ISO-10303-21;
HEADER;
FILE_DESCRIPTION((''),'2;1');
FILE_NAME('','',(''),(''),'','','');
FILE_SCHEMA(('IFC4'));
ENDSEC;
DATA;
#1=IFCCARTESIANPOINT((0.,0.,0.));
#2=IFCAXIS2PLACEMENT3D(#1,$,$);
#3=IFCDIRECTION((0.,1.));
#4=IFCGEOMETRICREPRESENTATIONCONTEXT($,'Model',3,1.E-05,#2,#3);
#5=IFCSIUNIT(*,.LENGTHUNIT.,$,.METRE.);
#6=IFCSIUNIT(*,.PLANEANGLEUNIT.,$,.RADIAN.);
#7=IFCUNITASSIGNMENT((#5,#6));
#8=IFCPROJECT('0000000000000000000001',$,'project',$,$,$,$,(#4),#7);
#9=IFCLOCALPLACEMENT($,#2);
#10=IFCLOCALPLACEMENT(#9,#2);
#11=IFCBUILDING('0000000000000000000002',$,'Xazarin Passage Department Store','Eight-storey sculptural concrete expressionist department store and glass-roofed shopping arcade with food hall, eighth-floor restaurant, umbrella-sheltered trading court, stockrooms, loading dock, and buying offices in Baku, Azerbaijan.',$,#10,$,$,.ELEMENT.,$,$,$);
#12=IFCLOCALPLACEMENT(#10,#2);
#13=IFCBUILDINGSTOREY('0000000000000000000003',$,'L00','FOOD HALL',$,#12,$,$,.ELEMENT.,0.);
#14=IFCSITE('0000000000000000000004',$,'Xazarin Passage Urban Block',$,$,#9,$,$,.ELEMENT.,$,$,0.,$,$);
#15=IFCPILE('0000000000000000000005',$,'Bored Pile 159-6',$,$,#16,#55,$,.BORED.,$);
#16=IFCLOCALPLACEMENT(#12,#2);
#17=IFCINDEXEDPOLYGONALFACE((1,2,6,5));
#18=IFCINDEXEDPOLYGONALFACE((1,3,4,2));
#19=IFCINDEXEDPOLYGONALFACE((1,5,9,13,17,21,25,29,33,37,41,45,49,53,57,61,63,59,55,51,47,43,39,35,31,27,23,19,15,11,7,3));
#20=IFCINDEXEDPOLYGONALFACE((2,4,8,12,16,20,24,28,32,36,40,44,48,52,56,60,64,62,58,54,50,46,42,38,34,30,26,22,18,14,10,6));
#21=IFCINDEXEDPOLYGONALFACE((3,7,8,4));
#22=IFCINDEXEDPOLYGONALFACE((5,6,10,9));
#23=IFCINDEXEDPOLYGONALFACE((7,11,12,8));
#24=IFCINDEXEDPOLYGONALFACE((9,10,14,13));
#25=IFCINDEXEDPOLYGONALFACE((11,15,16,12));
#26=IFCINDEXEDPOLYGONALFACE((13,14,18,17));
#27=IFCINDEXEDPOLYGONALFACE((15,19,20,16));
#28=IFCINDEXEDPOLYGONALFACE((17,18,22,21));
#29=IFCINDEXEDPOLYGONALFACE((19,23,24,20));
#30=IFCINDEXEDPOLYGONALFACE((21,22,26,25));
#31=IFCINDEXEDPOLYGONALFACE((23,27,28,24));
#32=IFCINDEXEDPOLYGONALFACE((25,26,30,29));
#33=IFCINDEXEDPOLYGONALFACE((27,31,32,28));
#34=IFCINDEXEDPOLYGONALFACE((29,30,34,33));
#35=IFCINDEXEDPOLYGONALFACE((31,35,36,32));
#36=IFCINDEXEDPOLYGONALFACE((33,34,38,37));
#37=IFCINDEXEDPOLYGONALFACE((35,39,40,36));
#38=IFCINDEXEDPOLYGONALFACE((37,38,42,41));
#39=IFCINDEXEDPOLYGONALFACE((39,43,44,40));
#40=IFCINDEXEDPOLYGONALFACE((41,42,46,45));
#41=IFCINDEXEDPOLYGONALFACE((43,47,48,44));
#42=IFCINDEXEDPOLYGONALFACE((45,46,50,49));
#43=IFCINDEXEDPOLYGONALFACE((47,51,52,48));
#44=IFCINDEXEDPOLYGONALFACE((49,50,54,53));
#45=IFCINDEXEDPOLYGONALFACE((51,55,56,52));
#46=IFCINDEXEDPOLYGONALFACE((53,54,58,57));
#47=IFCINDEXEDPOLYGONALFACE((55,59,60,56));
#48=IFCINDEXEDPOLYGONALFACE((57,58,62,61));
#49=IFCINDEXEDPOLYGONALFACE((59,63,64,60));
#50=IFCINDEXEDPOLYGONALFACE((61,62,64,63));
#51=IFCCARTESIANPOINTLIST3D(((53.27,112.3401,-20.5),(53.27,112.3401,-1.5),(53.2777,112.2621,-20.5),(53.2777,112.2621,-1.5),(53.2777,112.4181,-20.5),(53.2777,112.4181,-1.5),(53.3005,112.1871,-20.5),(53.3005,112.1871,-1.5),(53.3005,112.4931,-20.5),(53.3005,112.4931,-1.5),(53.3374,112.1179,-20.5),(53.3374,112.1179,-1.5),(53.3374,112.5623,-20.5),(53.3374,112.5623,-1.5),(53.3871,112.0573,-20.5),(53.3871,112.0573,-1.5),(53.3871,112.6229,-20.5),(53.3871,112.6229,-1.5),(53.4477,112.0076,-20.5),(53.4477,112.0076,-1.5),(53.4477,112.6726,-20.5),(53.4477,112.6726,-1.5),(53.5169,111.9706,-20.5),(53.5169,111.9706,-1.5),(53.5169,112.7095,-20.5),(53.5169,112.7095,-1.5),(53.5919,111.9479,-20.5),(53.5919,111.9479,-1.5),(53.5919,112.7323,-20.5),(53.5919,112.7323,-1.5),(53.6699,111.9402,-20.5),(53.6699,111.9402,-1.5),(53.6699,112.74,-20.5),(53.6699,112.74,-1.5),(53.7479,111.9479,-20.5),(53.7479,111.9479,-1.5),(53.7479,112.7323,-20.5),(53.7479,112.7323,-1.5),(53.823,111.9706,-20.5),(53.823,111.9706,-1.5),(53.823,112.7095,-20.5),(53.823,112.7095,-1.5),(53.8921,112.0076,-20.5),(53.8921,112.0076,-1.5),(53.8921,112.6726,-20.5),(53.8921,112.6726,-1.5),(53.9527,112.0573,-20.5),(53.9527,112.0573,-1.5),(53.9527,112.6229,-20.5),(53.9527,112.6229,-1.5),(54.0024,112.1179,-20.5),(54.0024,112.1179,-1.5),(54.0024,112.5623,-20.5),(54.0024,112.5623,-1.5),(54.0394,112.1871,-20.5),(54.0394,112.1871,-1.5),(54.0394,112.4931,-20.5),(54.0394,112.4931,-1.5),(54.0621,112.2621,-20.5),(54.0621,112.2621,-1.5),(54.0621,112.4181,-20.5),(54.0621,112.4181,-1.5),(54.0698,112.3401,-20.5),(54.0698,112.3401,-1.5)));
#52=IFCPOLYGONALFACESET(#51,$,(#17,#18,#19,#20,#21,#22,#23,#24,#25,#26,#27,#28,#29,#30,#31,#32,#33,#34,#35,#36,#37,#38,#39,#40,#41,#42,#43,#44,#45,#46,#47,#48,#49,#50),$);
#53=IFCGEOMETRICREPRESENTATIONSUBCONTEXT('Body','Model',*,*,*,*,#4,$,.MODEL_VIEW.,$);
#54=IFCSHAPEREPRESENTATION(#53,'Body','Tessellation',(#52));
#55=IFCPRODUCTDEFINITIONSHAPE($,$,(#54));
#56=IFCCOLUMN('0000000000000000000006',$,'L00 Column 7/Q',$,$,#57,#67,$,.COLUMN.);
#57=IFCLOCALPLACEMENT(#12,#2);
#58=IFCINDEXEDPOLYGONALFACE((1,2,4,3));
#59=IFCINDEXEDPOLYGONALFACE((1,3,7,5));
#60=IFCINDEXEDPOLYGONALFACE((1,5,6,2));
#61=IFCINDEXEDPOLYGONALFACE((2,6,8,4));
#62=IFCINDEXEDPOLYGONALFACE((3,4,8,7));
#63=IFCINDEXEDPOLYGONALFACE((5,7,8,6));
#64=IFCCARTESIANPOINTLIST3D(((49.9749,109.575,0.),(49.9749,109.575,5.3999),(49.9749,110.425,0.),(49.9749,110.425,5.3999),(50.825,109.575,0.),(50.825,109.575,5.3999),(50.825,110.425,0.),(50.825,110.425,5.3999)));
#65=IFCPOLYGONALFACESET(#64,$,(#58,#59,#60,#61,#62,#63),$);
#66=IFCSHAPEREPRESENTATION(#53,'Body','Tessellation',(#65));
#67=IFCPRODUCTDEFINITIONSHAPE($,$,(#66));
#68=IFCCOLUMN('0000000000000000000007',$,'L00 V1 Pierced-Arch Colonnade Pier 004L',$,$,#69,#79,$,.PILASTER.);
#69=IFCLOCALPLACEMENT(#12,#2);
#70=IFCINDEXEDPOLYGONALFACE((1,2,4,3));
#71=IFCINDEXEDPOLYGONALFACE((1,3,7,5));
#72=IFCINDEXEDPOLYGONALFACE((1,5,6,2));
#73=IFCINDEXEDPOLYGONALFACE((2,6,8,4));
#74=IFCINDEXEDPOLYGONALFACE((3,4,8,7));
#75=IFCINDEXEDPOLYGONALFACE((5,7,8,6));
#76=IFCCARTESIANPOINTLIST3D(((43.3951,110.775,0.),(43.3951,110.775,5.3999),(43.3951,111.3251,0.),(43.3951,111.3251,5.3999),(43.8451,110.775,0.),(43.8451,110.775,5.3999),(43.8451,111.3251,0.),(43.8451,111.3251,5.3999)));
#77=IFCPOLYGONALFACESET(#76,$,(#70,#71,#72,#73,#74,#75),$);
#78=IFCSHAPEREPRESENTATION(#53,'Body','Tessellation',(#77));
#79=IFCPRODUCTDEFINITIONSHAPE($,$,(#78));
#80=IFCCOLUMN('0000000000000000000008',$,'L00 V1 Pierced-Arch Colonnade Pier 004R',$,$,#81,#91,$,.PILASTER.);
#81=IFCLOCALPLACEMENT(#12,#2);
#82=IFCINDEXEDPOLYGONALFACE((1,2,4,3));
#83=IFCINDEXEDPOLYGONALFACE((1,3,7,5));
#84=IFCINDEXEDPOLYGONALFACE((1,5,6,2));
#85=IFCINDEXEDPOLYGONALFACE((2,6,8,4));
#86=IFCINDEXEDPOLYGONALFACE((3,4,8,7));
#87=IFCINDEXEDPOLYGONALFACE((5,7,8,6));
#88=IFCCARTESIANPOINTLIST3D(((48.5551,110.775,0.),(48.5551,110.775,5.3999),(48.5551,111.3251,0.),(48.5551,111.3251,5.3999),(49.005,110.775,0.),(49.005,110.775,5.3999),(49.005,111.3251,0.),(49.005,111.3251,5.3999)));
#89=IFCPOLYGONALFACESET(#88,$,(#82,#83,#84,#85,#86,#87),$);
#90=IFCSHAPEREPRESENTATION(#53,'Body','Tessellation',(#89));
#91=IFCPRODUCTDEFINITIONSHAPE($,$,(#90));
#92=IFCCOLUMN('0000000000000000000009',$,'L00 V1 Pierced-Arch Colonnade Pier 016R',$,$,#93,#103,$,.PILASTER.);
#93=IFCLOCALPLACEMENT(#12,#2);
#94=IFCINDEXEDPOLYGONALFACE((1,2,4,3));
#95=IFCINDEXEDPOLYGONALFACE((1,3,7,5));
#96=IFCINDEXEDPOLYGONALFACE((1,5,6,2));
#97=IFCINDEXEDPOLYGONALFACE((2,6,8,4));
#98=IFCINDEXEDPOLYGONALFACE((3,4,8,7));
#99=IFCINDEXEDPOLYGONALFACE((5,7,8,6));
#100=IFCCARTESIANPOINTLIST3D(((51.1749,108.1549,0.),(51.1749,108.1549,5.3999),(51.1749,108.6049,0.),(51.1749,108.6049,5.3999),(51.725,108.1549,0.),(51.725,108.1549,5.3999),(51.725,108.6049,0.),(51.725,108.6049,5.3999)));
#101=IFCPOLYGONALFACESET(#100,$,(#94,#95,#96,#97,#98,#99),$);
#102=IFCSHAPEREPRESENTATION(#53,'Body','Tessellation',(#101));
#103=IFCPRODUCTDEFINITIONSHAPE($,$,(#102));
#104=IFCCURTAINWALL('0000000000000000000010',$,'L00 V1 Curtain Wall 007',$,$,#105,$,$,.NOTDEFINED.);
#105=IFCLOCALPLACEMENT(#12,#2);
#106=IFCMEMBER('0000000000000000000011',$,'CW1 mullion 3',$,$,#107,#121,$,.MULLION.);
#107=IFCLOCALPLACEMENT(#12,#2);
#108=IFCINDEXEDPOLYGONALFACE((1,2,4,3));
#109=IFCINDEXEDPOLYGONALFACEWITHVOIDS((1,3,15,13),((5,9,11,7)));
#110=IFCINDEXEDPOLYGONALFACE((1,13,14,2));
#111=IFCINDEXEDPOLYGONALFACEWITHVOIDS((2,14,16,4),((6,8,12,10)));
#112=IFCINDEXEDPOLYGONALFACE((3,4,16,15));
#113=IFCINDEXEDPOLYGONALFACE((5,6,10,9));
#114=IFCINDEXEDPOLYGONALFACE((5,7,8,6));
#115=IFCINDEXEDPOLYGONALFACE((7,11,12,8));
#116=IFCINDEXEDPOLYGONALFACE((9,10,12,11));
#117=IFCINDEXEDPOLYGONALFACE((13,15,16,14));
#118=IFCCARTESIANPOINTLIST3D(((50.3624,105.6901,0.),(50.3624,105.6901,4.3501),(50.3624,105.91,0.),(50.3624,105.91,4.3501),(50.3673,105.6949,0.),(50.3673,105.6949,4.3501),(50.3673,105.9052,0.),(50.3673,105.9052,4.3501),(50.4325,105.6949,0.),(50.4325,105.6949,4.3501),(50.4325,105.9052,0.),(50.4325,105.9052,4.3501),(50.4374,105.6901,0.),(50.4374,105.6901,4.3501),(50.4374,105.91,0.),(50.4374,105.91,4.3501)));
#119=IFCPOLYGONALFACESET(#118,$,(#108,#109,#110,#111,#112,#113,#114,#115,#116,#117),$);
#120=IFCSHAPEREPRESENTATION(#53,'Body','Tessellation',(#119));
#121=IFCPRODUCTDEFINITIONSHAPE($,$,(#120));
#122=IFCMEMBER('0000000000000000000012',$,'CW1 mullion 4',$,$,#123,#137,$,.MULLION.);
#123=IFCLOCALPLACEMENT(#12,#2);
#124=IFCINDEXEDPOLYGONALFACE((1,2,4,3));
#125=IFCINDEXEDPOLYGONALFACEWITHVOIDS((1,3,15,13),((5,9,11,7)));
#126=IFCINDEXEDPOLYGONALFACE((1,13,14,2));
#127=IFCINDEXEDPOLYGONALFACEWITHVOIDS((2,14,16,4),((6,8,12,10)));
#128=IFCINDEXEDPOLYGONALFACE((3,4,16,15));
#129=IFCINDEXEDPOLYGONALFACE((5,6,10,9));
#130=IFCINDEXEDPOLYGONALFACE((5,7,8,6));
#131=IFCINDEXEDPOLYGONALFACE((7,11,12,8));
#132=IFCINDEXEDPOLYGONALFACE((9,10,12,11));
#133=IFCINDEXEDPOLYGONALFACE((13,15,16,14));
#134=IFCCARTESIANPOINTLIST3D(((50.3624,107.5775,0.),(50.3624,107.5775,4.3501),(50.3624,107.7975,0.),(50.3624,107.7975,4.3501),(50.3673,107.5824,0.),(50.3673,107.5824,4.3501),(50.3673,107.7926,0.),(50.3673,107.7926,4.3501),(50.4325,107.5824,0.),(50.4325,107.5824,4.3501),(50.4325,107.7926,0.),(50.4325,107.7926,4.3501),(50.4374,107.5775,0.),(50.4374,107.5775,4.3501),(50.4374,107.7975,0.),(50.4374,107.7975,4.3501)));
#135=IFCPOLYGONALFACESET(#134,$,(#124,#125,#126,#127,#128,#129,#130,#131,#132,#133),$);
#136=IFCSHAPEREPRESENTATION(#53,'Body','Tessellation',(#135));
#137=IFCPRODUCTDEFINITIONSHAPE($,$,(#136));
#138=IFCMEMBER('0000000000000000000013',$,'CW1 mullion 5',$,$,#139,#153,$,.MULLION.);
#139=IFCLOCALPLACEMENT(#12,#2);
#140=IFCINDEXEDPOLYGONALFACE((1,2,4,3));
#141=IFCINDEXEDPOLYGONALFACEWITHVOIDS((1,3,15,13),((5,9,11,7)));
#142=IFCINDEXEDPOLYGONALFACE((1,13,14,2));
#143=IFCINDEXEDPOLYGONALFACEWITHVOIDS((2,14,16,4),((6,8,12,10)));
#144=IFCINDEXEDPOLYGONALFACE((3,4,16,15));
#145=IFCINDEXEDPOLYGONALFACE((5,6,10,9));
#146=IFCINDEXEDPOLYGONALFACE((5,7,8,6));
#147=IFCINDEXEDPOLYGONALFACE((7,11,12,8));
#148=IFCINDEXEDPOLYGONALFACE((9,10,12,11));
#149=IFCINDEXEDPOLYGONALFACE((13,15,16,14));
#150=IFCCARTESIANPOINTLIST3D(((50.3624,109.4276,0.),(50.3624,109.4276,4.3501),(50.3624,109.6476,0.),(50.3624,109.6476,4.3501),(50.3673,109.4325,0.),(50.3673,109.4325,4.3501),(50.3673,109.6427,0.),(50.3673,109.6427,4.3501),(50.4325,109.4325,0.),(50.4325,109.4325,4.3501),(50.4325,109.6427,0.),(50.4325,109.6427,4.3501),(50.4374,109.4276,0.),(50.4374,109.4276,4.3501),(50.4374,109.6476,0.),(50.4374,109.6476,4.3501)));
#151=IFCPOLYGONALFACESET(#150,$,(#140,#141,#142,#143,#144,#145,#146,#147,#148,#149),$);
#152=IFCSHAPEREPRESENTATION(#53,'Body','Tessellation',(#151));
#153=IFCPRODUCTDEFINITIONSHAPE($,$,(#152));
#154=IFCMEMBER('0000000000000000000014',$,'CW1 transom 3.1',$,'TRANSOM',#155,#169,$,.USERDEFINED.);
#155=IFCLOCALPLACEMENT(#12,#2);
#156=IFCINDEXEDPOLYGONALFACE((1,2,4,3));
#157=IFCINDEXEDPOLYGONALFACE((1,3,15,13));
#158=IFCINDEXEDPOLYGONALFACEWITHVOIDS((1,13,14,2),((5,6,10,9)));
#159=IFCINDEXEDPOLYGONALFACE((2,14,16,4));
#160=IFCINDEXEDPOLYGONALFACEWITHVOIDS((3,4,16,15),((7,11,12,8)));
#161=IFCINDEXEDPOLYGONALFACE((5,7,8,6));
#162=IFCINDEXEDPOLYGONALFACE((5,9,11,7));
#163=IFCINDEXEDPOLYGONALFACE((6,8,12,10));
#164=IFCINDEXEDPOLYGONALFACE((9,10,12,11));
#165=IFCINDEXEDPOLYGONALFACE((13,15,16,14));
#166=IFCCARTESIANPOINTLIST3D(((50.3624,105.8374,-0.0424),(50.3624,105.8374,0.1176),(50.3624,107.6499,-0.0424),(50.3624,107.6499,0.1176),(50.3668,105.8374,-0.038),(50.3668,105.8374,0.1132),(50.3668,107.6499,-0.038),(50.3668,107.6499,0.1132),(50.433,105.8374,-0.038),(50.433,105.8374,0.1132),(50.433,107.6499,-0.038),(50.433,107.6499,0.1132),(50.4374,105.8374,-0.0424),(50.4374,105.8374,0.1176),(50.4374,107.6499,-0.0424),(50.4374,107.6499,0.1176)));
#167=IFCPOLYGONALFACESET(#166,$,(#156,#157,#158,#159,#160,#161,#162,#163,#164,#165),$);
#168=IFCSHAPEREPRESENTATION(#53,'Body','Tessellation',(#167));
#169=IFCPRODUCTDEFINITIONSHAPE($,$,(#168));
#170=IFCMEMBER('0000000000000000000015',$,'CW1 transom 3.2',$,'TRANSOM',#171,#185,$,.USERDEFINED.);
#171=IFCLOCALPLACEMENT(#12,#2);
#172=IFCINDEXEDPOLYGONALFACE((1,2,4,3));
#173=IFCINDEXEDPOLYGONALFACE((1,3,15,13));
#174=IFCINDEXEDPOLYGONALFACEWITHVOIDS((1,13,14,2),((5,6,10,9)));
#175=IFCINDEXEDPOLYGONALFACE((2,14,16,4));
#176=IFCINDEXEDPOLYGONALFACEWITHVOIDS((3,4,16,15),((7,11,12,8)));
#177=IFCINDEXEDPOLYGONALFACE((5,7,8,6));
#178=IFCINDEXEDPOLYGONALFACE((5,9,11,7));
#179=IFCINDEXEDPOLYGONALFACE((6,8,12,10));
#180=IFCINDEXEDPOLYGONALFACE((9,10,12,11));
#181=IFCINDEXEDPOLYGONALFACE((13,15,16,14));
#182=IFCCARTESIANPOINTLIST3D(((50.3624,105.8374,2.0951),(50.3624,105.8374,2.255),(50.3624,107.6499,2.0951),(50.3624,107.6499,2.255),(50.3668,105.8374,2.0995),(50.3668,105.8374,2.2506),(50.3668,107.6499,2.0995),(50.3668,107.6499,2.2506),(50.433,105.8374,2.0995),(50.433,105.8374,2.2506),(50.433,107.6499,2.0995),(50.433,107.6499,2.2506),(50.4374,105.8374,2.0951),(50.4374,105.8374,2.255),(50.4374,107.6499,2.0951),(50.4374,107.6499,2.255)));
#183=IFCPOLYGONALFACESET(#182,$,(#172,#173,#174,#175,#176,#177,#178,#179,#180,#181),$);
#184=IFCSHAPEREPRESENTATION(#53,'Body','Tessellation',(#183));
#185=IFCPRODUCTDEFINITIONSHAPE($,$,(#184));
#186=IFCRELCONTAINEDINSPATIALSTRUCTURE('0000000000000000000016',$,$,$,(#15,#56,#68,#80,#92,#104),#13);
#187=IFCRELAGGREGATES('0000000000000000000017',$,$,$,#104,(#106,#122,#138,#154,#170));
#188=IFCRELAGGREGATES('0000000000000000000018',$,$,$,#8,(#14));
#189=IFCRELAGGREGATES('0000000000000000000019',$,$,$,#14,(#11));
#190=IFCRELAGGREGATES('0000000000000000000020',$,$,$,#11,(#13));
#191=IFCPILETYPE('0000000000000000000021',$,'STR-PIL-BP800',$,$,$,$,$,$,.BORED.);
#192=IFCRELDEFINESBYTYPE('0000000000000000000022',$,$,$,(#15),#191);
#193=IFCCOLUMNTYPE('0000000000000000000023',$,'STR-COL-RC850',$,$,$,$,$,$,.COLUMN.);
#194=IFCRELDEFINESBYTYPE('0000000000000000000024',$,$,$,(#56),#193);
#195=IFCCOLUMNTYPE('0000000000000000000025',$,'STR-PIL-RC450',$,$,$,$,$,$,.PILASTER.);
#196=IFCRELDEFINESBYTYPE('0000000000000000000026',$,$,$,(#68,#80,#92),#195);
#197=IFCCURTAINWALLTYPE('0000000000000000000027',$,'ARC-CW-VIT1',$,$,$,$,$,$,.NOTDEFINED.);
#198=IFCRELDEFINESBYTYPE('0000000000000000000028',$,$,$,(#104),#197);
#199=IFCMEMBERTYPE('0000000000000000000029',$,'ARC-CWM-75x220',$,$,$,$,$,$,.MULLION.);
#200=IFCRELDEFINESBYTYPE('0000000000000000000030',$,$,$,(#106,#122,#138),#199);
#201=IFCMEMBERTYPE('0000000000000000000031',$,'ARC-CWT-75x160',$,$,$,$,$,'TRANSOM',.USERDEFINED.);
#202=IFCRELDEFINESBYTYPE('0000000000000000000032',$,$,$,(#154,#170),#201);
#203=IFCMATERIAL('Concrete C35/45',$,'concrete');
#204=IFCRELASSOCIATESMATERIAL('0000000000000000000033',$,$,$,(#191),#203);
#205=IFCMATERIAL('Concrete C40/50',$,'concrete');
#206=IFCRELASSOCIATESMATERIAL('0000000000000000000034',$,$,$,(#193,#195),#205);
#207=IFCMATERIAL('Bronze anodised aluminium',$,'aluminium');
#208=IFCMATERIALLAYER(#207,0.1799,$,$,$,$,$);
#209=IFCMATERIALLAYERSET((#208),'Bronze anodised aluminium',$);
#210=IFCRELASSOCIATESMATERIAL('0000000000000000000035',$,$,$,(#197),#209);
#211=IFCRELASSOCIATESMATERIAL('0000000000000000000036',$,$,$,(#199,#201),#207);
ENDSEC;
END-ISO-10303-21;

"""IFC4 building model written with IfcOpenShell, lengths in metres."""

from ifc_helpers import new_model, si_unit, direction, frame, origin, origin_2d, place, context, subcontext, project, spatial, rectangle, hollow_rectangle, circle, extrude, material, layer, layer_set, material_profile, profile_set, type_object, element, aggregate, save


model = new_model("IFC4")

# Units and contexts
model_context = context("Model", 3, precision=1e-05, world=origin(), true_north=direction((0.0, 1.0)))
body_context = subcontext(model_context, "Body", "Model", "MODEL_VIEW")
ifc_project = project(units=[si_unit("LENGTHUNIT", "METRE"), si_unit("PLANEANGLEUNIT", "RADIAN")], contexts=[model_context])

# Site, building, storey
site_placement = place(None, origin())
site = spatial("IfcSite", under=ifc_project, at=site_placement, Name="Xazarin Passage Urban Block", CompositionType="ELEMENT", RefElevation=0.0)
building_placement = place(site_placement, origin())
building = spatial("IfcBuilding", under=site, at=building_placement, Name="Xazarin Passage Department Store", Description="Eight-storey sculptural concrete expressionist department store and glass-roofed shopping arcade with food hall, eighth-floor restaurant, umbrella-sheltered trading court, stockrooms, loading dock, and buying offices in Baku, Azerbaijan.", CompositionType="ELEMENT")
storey_placement = place(building_placement, origin())
storey = spatial("IfcBuildingStorey", under=building, at=storey_placement, Name="L00", Description="FOOD HALL", CompositionType="ELEMENT", Elevation=0.0)

# Shared definitions
ifc_material_1 = material(Name="Concrete C35/45", Category="concrete")

# Pile
ifc_material_profile_1 = material_profile(ifc_material_1, circle(Radius=0.3999, at=origin_2d()), Name="BP 800")
ifc_profile_set_1 = profile_set([ifc_material_profile_1], Name="Concrete C35/45")
pile_type_1 = type_object("IfcPileType", Name="STR-PIL-BP800", PredefinedType="BORED", material=ifc_profile_set_1)
for number, where, z_axis, x_axis, name in (
    (1, (53.6699, 112.3401, -1.5), (0.0, 0.0, -1.0), (1.0, 0.0, 0.0), "Bored Pile 159-6"),
):
    element("IfcPile", number, at=place(storey_placement, frame(where, z_axis=z_axis, x_axis=x_axis)), inside=storey, type_object=pile_type_1, Name=name, PredefinedType="BORED", context=body_context, shape_type="SweptSolid", body=[
        extrude(circle(Radius=0.3999, at=origin_2d()), origin(), (0.0, 0.0, 1.0), 19.0),
    ])

# Columns
ifc_material_2 = material(Name="Concrete C40/50", Category="concrete")
ifc_material_profile_2 = material_profile(ifc_material_2, rectangle(XDim=0.8501, YDim=0.8501, at=origin_2d()), Name="RC 850x850")
ifc_profile_set_2 = profile_set([ifc_material_profile_2], Name="Concrete C40/50")
column_type_1 = type_object("IfcColumnType", Name="STR-COL-RC850", PredefinedType="COLUMN", material=ifc_profile_set_2)
column_placement = place(storey_placement, frame((50.3999, 110.0, 0.0), z_axis=(0.0, 0.0, 1.0), x_axis=(1.0, 0.0, 0.0)))
element("IfcColumn", 2, at=column_placement, inside=storey, type_object=column_type_1, Name="L00 Column 7/Q", PredefinedType="COLUMN", context=body_context, shape_type="SweptSolid", body=[
    extrude(rectangle(XDim=0.8501, YDim=0.8501, at=origin_2d()), origin(), (0.0, 0.0, 1.0), 5.3999),
])
ifc_material_profile_3 = material_profile(ifc_material_2, rectangle(XDim=0.45, YDim=0.55, at=origin_2d()), Name="RC 450x550")
ifc_profile_set_3 = profile_set([ifc_material_profile_3], Name="Concrete C40/50")
column_type_2 = type_object("IfcColumnType", Name="STR-PIL-RC450", PredefinedType="PILASTER", material=ifc_profile_set_3)
for number, where, z_axis, x_axis, name in (
    (3, (43.6201, 111.05, 0.0), (0.0, 0.0, 1.0), (1.0, 0.0, 0.0), "L00 V1 Pierced-Arch Colonnade Pier 004L"),
    (4, (48.78, 111.05, 0.0), (0.0, 0.0, 1.0), (1.0, 0.0, 0.0), "L00 V1 Pierced-Arch Colonnade Pier 004R"),
    (5, (51.45, 108.3799, 0.0), (0.0, 0.0, 1.0), (0.0, 1.0, 0.0), "L00 V1 Pierced-Arch Colonnade Pier 016R"),
):
    element("IfcColumn", number, at=place(storey_placement, frame(where, z_axis=z_axis, x_axis=x_axis)), inside=storey, type_object=column_type_2, Name=name, PredefinedType="PILASTER", context=body_context, shape_type="SweptSolid", body=[
        extrude(rectangle(XDim=0.45, YDim=0.55, at=origin_2d()), origin(), (0.0, 0.0, 1.0), 5.3999),
    ])

# Curtain wall, members
ifc_material_3 = material(Name="Bronze anodised aluminium", Category="aluminium")
ifc_layer_1 = layer(ifc_material_3, 0.1799)
ifc_layer_set_1 = layer_set([ifc_layer_1], Name="Bronze anodised aluminium")
curtain_wall_type = type_object("IfcCurtainWallType", Name="ARC-CW-VIT1", PredefinedType="NOTDEFINED", material=ifc_layer_set_1)
curtain_wall_placement = place(storey_placement, origin())
curtain_wall = element("IfcCurtainWall", 6, at=curtain_wall_placement, inside=storey, type_object=curtain_wall_type, Name="L00 V1 Curtain Wall 007", PredefinedType="NOTDEFINED")
ifc_material_profile_4 = material_profile(ifc_material_3, hollow_rectangle(XDim=0.075, YDim=0.22, WallThickness=0.0049, at=origin_2d()), Name="ALU 75x220")
ifc_profile_set_4 = profile_set([ifc_material_profile_4], Name="Bronze anodised aluminium")
member_type_1 = type_object("IfcMemberType", Name="ARC-CWM-75x220", PredefinedType="MULLION", material=ifc_profile_set_4)
member_1_placement = place(storey_placement, frame((50.3999, 105.8, 0.0), z_axis=(0.0, 0.0, 1.0), x_axis=(-1.0, 0.0, 0.0)))
member_1 = element("IfcMember", 7, at=member_1_placement, type_object=member_type_1, Name="CW1 mullion 3", PredefinedType="MULLION", context=body_context, shape_type="SweptSolid", body=[
    extrude(hollow_rectangle(XDim=0.075, YDim=0.22, WallThickness=0.0049, at=origin_2d()), origin(), (0.0, 0.0, 1.0), 4.3501),
])
member_2_placement = place(storey_placement, frame((50.3999, 107.6875, 0.0), z_axis=(0.0, 0.0, 1.0), x_axis=(-1.0, 0.0, 0.0)))
member_2 = element("IfcMember", 8, at=member_2_placement, type_object=member_type_1, Name="CW1 mullion 4", PredefinedType="MULLION", context=body_context, shape_type="SweptSolid", body=[
    extrude(hollow_rectangle(XDim=0.075, YDim=0.22, WallThickness=0.0049, at=origin_2d()), origin(), (0.0, 0.0, 1.0), 4.3501),
])
member_3_placement = place(storey_placement, frame((50.3999, 109.5376, 0.0), z_axis=(0.0, 0.0, 1.0), x_axis=(-1.0, 0.0, 0.0)))
member_3 = element("IfcMember", 9, at=member_3_placement, type_object=member_type_1, Name="CW1 mullion 5", PredefinedType="MULLION", context=body_context, shape_type="SweptSolid", body=[
    extrude(hollow_rectangle(XDim=0.075, YDim=0.22, WallThickness=0.0049, at=origin_2d()), origin(), (0.0, 0.0, 1.0), 4.3501),
])
ifc_material_profile_5 = material_profile(ifc_material_3, hollow_rectangle(XDim=0.075, YDim=0.1599, WallThickness=0.0044, at=origin_2d()), Name="ALU 75x160")
ifc_profile_set_5 = profile_set([ifc_material_profile_5], Name="Bronze anodised aluminium")
member_type_2 = type_object("IfcMemberType", Name="ARC-CWT-75x160", ElementType="TRANSOM", PredefinedType="USERDEFINED", material=ifc_profile_set_5)
member_4_placement = place(storey_placement, frame((50.3999, 105.8374, 0.0376), z_axis=(0.0, 1.0, 0.0), x_axis=(-1.0, 0.0, 0.0)))
member_4 = element("IfcMember", 10, at=member_4_placement, type_object=member_type_2, Name="CW1 transom 3.1", ObjectType="TRANSOM", PredefinedType="USERDEFINED", context=body_context, shape_type="SweptSolid", body=[
    extrude(hollow_rectangle(XDim=0.075, YDim=0.1599, WallThickness=0.0044, at=origin_2d()), origin(), (0.0, 0.0, 1.0), 1.8125),
])
member_5_placement = place(storey_placement, frame((50.3999, 105.8374, 2.175), z_axis=(0.0, 1.0, 0.0), x_axis=(-1.0, 0.0, 0.0)))
member_5 = element("IfcMember", 11, at=member_5_placement, type_object=member_type_2, Name="CW1 transom 3.2", ObjectType="TRANSOM", PredefinedType="USERDEFINED", context=body_context, shape_type="SweptSolid", body=[
    extrude(hollow_rectangle(XDim=0.075, YDim=0.1599, WallThickness=0.0044, at=origin_2d()), origin(), (0.0, 0.0, 1.0), 1.8125),
])
aggregate(curtain_wall, [member_1, member_2, member_3, member_4, member_5])

save(model, "model.ifc")
